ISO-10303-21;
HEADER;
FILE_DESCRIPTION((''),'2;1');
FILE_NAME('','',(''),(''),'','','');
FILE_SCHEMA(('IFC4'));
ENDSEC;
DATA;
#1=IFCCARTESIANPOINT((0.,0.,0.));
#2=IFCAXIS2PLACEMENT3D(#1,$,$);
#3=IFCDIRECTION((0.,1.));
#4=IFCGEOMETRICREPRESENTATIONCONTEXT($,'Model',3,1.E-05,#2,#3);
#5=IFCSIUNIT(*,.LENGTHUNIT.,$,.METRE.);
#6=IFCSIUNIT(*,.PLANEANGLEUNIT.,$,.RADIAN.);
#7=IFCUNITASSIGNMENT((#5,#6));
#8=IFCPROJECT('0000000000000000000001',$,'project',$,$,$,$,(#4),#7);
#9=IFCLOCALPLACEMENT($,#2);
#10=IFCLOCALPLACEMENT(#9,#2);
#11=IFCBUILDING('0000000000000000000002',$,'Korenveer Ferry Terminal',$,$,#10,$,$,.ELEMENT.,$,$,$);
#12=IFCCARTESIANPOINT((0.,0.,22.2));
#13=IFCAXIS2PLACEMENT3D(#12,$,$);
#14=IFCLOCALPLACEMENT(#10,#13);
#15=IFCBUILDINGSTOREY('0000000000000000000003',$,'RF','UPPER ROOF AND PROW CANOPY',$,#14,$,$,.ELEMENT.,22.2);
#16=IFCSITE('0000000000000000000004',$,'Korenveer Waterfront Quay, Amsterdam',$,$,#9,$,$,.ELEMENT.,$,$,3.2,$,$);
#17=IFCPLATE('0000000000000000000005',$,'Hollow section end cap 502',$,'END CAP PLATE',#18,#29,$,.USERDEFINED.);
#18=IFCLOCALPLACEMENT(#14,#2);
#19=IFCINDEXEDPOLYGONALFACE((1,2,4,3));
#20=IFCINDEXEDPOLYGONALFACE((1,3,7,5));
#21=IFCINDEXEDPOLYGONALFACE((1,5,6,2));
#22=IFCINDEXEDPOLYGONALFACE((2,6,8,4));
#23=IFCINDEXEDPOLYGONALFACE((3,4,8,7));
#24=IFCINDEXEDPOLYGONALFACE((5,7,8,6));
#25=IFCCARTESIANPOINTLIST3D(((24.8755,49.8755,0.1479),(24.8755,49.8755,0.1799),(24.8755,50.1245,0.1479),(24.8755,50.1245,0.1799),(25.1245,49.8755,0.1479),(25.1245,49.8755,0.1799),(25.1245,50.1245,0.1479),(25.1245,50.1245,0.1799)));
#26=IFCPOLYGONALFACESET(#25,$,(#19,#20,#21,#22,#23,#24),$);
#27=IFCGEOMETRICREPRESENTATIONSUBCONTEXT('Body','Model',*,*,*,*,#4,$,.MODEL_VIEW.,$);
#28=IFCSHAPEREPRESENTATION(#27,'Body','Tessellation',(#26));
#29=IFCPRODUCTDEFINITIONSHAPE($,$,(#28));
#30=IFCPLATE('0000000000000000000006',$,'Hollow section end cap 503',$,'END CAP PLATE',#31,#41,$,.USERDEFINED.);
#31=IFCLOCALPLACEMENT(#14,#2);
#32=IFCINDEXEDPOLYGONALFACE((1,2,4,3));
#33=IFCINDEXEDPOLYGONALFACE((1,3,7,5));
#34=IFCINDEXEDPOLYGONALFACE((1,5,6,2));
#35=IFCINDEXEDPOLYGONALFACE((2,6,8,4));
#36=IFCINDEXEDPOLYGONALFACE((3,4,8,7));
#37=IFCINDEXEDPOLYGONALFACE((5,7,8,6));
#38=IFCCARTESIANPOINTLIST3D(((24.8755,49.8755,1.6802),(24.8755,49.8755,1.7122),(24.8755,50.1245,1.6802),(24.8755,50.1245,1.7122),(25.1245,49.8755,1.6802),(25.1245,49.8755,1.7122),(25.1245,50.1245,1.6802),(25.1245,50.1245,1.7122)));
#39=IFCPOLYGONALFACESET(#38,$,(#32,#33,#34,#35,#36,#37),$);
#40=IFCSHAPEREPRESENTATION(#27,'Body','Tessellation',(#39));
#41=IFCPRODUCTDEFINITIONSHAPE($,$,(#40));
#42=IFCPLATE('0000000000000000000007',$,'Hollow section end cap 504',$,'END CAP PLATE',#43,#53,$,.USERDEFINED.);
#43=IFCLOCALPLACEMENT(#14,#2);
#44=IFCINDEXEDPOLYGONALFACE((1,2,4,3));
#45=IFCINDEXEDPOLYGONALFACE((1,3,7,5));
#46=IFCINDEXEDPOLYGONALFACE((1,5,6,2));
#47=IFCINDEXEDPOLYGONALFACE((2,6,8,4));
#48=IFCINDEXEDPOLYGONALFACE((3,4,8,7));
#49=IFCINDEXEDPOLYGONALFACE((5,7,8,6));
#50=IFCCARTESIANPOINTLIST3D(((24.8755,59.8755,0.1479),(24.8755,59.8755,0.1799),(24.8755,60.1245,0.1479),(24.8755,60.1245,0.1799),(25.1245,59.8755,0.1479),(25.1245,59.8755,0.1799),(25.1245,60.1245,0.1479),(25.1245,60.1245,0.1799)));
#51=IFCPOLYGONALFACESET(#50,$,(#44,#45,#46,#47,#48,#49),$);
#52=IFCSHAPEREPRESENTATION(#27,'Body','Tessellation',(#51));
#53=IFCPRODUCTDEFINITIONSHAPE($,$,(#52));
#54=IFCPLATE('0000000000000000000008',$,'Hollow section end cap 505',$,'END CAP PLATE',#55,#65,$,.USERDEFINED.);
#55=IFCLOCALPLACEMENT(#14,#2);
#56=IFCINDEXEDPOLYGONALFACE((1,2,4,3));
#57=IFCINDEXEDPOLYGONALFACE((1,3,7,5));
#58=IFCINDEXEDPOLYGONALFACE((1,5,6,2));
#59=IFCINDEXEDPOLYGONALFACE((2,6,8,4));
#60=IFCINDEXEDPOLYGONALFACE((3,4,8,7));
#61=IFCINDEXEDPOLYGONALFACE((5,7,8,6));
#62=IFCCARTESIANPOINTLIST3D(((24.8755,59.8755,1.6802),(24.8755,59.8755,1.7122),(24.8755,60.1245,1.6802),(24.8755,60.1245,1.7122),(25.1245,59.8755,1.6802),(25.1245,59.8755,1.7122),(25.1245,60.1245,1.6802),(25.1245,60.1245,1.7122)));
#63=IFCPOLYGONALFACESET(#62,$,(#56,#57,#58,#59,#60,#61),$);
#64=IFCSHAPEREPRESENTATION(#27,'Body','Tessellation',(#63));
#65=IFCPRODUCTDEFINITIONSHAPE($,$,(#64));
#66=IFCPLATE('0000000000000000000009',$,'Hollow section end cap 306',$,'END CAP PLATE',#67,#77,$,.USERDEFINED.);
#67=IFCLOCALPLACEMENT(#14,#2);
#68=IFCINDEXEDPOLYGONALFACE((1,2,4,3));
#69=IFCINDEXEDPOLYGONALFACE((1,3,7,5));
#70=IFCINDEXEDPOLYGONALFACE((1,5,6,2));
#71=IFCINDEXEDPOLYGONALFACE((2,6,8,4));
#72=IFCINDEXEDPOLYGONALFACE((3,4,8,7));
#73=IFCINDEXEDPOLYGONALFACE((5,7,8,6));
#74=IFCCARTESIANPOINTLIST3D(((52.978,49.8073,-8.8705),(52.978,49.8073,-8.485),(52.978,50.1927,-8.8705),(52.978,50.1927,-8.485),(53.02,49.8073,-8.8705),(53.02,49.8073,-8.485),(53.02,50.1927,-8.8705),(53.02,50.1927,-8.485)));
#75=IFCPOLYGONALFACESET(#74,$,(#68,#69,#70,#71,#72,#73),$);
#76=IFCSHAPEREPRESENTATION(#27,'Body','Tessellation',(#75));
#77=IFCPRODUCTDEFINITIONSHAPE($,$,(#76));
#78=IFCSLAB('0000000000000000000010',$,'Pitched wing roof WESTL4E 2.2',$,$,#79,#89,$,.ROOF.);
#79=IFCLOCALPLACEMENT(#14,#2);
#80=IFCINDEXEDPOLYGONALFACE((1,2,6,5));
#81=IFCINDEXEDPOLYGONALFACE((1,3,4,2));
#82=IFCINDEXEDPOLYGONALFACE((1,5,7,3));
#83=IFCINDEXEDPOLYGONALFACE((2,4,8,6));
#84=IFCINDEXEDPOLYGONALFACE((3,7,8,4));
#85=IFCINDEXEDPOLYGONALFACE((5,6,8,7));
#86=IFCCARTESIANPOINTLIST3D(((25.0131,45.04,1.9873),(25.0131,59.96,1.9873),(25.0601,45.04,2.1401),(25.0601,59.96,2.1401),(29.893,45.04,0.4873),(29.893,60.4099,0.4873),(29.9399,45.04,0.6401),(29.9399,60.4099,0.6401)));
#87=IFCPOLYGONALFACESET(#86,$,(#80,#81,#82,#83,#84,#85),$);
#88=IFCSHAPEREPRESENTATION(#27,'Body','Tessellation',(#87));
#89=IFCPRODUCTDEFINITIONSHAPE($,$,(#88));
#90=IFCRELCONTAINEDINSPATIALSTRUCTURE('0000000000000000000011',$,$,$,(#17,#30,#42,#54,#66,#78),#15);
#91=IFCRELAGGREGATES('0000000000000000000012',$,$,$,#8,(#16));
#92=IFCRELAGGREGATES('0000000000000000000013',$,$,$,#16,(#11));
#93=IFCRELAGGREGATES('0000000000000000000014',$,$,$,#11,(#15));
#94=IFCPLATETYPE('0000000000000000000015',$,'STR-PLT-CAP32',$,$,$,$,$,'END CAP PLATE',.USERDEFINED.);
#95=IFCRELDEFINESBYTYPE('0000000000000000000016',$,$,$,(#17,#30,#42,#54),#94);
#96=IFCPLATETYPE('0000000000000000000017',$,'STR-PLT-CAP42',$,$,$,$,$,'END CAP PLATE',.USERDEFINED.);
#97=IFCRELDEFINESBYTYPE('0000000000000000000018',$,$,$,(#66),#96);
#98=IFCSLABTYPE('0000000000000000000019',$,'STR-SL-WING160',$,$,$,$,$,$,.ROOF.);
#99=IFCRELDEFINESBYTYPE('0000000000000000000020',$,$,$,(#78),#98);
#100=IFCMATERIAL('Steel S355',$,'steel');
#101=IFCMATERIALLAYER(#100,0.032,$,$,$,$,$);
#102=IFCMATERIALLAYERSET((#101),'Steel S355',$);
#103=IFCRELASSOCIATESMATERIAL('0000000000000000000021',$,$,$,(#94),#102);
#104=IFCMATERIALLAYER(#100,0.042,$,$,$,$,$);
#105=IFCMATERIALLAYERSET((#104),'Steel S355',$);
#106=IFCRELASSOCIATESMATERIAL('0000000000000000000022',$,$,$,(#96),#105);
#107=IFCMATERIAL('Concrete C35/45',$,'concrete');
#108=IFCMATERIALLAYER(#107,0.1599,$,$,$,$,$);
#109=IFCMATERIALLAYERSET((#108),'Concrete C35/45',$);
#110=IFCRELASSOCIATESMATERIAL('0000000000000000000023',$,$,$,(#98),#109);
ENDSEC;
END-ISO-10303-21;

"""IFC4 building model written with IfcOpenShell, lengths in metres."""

from ifc_helpers import new_model, si_unit, direction, frame, origin, origin_2d, place, context, subcontext, project, spatial, polyline, rectangle, outline, extrude, material, layer, layer_set, type_object, element, save


model = new_model("IFC4")

# Units and contexts
model_context = context("Model", 3, precision=1e-05, world=origin(), true_north=direction((0.0, 1.0)))
body_context = subcontext(model_context, "Body", "Model", "MODEL_VIEW")
ifc_project = project(units=[si_unit("LENGTHUNIT", "METRE"), si_unit("PLANEANGLEUNIT", "RADIAN")], contexts=[model_context])

# Site, building, storey
site_placement = place(None, origin())
site = spatial("IfcSite", under=ifc_project, at=site_placement, Name="Korenveer Waterfront Quay, Amsterdam", CompositionType="ELEMENT", RefElevation=3.2)
building_placement = place(site_placement, origin())
building = spatial("IfcBuilding", under=site, at=building_placement, Name="Korenveer Ferry Terminal", CompositionType="ELEMENT")
storey_placement = place(building_placement, frame((0.0, 0.0, 22.2)))
storey = spatial("IfcBuildingStorey", under=building, at=storey_placement, Name="RF", Description="UPPER ROOF AND PROW CANOPY", CompositionType="ELEMENT", Elevation=22.2)

# Shared definitions
ifc_material_1 = material(Name="Steel S355", Category="steel")

# Plates
ifc_layer_1 = layer(ifc_material_1, 0.032)
ifc_layer_set_1 = layer_set([ifc_layer_1], Name="Steel S355")
plate_type_1 = type_object("IfcPlateType", Name="STR-PLT-CAP32", ElementType="END CAP PLATE", PredefinedType="USERDEFINED", material=ifc_layer_set_1)
for number, where, z_axis, x_axis, name in (
    (1, (25.0, 50.0, 0.1479), (0.0, 0.0, 1.0), (1.0, 0.0, 0.0), "Hollow section end cap 502"),
    (2, (25.0, 50.0, 1.6802), (0.0, 0.0, 1.0), (1.0, 0.0, 0.0), "Hollow section end cap 503"),
    (3, (25.0, 60.0, 0.1479), (0.0, 0.0, 1.0), (1.0, 0.0, 0.0), "Hollow section end cap 504"),
    (4, (25.0, 60.0, 1.6802), (0.0, 0.0, 1.0), (1.0, 0.0, 0.0), "Hollow section end cap 505"),
):
    element("IfcPlate", number, at=place(storey_placement, frame(where, z_axis=z_axis, x_axis=x_axis)), inside=storey, type_object=plate_type_1, Name=name, ObjectType="END CAP PLATE", PredefinedType="USERDEFINED", context=body_context, shape_type="SweptSolid", body=[
        extrude(rectangle(XDim=0.249, YDim=0.249, at=origin_2d()), origin(), (0.0, 0.0, 1.0), 0.032),
    ])
ifc_layer_2 = layer(ifc_material_1, 0.042)
ifc_layer_set_2 = layer_set([ifc_layer_2], Name="Steel S355")
plate_type_2 = type_object("IfcPlateType", Name="STR-PLT-CAP42", ElementType="END CAP PLATE", PredefinedType="USERDEFINED", material=ifc_layer_set_2)
plate_placement = place(storey_placement, frame((52.978, 50.0, -8.6777), z_axis=(1.0, 0.0, 0.0), x_axis=(0.0, 1.0, 0.0)))
element("IfcPlate", 5, at=plate_placement, inside=storey, type_object=plate_type_2, Name="Hollow section end cap 306", ObjectType="END CAP PLATE", PredefinedType="USERDEFINED", context=body_context, shape_type="SweptSolid", body=[
    extrude(rectangle(XDim=0.3855, YDim=0.3855, at=origin_2d()), origin(), (0.0, 0.0, 1.0), 0.042),
])

# Slab
ifc_material_2 = material(Name="Concrete C35/45", Category="concrete")
ifc_layer_3 = layer(ifc_material_2, 0.1599)
ifc_layer_set_3 = layer_set([ifc_layer_3], Name="Concrete C35/45")
slab_type = type_object("IfcSlabType", Name="STR-SL-WING160", PredefinedType="ROOF", material=ifc_layer_set_3)
slab_placement = place(storey_placement, frame((25.0601, 45.04, 2.1401), z_axis=(0.293817, 0.0, 0.955862), x_axis=(0.955862, 0.0, -0.293817)))
element("IfcSlab", 6, at=slab_placement, inside=storey, type_object=slab_type, Name="Pitched wing roof WESTL4E 2.2", PredefinedType="ROOF", context=body_context, shape_type="SweptSolid", body=[
    extrude(outline(polyline([(0.0, 0.0), (5.1052, 0.0), (5.1052, 15.3699), (0.0, 14.9199), (0.0, 0.0)])), origin(), (0.0, 0.0, -1.0), 0.1599),
])

save(model, "model.ifc")
